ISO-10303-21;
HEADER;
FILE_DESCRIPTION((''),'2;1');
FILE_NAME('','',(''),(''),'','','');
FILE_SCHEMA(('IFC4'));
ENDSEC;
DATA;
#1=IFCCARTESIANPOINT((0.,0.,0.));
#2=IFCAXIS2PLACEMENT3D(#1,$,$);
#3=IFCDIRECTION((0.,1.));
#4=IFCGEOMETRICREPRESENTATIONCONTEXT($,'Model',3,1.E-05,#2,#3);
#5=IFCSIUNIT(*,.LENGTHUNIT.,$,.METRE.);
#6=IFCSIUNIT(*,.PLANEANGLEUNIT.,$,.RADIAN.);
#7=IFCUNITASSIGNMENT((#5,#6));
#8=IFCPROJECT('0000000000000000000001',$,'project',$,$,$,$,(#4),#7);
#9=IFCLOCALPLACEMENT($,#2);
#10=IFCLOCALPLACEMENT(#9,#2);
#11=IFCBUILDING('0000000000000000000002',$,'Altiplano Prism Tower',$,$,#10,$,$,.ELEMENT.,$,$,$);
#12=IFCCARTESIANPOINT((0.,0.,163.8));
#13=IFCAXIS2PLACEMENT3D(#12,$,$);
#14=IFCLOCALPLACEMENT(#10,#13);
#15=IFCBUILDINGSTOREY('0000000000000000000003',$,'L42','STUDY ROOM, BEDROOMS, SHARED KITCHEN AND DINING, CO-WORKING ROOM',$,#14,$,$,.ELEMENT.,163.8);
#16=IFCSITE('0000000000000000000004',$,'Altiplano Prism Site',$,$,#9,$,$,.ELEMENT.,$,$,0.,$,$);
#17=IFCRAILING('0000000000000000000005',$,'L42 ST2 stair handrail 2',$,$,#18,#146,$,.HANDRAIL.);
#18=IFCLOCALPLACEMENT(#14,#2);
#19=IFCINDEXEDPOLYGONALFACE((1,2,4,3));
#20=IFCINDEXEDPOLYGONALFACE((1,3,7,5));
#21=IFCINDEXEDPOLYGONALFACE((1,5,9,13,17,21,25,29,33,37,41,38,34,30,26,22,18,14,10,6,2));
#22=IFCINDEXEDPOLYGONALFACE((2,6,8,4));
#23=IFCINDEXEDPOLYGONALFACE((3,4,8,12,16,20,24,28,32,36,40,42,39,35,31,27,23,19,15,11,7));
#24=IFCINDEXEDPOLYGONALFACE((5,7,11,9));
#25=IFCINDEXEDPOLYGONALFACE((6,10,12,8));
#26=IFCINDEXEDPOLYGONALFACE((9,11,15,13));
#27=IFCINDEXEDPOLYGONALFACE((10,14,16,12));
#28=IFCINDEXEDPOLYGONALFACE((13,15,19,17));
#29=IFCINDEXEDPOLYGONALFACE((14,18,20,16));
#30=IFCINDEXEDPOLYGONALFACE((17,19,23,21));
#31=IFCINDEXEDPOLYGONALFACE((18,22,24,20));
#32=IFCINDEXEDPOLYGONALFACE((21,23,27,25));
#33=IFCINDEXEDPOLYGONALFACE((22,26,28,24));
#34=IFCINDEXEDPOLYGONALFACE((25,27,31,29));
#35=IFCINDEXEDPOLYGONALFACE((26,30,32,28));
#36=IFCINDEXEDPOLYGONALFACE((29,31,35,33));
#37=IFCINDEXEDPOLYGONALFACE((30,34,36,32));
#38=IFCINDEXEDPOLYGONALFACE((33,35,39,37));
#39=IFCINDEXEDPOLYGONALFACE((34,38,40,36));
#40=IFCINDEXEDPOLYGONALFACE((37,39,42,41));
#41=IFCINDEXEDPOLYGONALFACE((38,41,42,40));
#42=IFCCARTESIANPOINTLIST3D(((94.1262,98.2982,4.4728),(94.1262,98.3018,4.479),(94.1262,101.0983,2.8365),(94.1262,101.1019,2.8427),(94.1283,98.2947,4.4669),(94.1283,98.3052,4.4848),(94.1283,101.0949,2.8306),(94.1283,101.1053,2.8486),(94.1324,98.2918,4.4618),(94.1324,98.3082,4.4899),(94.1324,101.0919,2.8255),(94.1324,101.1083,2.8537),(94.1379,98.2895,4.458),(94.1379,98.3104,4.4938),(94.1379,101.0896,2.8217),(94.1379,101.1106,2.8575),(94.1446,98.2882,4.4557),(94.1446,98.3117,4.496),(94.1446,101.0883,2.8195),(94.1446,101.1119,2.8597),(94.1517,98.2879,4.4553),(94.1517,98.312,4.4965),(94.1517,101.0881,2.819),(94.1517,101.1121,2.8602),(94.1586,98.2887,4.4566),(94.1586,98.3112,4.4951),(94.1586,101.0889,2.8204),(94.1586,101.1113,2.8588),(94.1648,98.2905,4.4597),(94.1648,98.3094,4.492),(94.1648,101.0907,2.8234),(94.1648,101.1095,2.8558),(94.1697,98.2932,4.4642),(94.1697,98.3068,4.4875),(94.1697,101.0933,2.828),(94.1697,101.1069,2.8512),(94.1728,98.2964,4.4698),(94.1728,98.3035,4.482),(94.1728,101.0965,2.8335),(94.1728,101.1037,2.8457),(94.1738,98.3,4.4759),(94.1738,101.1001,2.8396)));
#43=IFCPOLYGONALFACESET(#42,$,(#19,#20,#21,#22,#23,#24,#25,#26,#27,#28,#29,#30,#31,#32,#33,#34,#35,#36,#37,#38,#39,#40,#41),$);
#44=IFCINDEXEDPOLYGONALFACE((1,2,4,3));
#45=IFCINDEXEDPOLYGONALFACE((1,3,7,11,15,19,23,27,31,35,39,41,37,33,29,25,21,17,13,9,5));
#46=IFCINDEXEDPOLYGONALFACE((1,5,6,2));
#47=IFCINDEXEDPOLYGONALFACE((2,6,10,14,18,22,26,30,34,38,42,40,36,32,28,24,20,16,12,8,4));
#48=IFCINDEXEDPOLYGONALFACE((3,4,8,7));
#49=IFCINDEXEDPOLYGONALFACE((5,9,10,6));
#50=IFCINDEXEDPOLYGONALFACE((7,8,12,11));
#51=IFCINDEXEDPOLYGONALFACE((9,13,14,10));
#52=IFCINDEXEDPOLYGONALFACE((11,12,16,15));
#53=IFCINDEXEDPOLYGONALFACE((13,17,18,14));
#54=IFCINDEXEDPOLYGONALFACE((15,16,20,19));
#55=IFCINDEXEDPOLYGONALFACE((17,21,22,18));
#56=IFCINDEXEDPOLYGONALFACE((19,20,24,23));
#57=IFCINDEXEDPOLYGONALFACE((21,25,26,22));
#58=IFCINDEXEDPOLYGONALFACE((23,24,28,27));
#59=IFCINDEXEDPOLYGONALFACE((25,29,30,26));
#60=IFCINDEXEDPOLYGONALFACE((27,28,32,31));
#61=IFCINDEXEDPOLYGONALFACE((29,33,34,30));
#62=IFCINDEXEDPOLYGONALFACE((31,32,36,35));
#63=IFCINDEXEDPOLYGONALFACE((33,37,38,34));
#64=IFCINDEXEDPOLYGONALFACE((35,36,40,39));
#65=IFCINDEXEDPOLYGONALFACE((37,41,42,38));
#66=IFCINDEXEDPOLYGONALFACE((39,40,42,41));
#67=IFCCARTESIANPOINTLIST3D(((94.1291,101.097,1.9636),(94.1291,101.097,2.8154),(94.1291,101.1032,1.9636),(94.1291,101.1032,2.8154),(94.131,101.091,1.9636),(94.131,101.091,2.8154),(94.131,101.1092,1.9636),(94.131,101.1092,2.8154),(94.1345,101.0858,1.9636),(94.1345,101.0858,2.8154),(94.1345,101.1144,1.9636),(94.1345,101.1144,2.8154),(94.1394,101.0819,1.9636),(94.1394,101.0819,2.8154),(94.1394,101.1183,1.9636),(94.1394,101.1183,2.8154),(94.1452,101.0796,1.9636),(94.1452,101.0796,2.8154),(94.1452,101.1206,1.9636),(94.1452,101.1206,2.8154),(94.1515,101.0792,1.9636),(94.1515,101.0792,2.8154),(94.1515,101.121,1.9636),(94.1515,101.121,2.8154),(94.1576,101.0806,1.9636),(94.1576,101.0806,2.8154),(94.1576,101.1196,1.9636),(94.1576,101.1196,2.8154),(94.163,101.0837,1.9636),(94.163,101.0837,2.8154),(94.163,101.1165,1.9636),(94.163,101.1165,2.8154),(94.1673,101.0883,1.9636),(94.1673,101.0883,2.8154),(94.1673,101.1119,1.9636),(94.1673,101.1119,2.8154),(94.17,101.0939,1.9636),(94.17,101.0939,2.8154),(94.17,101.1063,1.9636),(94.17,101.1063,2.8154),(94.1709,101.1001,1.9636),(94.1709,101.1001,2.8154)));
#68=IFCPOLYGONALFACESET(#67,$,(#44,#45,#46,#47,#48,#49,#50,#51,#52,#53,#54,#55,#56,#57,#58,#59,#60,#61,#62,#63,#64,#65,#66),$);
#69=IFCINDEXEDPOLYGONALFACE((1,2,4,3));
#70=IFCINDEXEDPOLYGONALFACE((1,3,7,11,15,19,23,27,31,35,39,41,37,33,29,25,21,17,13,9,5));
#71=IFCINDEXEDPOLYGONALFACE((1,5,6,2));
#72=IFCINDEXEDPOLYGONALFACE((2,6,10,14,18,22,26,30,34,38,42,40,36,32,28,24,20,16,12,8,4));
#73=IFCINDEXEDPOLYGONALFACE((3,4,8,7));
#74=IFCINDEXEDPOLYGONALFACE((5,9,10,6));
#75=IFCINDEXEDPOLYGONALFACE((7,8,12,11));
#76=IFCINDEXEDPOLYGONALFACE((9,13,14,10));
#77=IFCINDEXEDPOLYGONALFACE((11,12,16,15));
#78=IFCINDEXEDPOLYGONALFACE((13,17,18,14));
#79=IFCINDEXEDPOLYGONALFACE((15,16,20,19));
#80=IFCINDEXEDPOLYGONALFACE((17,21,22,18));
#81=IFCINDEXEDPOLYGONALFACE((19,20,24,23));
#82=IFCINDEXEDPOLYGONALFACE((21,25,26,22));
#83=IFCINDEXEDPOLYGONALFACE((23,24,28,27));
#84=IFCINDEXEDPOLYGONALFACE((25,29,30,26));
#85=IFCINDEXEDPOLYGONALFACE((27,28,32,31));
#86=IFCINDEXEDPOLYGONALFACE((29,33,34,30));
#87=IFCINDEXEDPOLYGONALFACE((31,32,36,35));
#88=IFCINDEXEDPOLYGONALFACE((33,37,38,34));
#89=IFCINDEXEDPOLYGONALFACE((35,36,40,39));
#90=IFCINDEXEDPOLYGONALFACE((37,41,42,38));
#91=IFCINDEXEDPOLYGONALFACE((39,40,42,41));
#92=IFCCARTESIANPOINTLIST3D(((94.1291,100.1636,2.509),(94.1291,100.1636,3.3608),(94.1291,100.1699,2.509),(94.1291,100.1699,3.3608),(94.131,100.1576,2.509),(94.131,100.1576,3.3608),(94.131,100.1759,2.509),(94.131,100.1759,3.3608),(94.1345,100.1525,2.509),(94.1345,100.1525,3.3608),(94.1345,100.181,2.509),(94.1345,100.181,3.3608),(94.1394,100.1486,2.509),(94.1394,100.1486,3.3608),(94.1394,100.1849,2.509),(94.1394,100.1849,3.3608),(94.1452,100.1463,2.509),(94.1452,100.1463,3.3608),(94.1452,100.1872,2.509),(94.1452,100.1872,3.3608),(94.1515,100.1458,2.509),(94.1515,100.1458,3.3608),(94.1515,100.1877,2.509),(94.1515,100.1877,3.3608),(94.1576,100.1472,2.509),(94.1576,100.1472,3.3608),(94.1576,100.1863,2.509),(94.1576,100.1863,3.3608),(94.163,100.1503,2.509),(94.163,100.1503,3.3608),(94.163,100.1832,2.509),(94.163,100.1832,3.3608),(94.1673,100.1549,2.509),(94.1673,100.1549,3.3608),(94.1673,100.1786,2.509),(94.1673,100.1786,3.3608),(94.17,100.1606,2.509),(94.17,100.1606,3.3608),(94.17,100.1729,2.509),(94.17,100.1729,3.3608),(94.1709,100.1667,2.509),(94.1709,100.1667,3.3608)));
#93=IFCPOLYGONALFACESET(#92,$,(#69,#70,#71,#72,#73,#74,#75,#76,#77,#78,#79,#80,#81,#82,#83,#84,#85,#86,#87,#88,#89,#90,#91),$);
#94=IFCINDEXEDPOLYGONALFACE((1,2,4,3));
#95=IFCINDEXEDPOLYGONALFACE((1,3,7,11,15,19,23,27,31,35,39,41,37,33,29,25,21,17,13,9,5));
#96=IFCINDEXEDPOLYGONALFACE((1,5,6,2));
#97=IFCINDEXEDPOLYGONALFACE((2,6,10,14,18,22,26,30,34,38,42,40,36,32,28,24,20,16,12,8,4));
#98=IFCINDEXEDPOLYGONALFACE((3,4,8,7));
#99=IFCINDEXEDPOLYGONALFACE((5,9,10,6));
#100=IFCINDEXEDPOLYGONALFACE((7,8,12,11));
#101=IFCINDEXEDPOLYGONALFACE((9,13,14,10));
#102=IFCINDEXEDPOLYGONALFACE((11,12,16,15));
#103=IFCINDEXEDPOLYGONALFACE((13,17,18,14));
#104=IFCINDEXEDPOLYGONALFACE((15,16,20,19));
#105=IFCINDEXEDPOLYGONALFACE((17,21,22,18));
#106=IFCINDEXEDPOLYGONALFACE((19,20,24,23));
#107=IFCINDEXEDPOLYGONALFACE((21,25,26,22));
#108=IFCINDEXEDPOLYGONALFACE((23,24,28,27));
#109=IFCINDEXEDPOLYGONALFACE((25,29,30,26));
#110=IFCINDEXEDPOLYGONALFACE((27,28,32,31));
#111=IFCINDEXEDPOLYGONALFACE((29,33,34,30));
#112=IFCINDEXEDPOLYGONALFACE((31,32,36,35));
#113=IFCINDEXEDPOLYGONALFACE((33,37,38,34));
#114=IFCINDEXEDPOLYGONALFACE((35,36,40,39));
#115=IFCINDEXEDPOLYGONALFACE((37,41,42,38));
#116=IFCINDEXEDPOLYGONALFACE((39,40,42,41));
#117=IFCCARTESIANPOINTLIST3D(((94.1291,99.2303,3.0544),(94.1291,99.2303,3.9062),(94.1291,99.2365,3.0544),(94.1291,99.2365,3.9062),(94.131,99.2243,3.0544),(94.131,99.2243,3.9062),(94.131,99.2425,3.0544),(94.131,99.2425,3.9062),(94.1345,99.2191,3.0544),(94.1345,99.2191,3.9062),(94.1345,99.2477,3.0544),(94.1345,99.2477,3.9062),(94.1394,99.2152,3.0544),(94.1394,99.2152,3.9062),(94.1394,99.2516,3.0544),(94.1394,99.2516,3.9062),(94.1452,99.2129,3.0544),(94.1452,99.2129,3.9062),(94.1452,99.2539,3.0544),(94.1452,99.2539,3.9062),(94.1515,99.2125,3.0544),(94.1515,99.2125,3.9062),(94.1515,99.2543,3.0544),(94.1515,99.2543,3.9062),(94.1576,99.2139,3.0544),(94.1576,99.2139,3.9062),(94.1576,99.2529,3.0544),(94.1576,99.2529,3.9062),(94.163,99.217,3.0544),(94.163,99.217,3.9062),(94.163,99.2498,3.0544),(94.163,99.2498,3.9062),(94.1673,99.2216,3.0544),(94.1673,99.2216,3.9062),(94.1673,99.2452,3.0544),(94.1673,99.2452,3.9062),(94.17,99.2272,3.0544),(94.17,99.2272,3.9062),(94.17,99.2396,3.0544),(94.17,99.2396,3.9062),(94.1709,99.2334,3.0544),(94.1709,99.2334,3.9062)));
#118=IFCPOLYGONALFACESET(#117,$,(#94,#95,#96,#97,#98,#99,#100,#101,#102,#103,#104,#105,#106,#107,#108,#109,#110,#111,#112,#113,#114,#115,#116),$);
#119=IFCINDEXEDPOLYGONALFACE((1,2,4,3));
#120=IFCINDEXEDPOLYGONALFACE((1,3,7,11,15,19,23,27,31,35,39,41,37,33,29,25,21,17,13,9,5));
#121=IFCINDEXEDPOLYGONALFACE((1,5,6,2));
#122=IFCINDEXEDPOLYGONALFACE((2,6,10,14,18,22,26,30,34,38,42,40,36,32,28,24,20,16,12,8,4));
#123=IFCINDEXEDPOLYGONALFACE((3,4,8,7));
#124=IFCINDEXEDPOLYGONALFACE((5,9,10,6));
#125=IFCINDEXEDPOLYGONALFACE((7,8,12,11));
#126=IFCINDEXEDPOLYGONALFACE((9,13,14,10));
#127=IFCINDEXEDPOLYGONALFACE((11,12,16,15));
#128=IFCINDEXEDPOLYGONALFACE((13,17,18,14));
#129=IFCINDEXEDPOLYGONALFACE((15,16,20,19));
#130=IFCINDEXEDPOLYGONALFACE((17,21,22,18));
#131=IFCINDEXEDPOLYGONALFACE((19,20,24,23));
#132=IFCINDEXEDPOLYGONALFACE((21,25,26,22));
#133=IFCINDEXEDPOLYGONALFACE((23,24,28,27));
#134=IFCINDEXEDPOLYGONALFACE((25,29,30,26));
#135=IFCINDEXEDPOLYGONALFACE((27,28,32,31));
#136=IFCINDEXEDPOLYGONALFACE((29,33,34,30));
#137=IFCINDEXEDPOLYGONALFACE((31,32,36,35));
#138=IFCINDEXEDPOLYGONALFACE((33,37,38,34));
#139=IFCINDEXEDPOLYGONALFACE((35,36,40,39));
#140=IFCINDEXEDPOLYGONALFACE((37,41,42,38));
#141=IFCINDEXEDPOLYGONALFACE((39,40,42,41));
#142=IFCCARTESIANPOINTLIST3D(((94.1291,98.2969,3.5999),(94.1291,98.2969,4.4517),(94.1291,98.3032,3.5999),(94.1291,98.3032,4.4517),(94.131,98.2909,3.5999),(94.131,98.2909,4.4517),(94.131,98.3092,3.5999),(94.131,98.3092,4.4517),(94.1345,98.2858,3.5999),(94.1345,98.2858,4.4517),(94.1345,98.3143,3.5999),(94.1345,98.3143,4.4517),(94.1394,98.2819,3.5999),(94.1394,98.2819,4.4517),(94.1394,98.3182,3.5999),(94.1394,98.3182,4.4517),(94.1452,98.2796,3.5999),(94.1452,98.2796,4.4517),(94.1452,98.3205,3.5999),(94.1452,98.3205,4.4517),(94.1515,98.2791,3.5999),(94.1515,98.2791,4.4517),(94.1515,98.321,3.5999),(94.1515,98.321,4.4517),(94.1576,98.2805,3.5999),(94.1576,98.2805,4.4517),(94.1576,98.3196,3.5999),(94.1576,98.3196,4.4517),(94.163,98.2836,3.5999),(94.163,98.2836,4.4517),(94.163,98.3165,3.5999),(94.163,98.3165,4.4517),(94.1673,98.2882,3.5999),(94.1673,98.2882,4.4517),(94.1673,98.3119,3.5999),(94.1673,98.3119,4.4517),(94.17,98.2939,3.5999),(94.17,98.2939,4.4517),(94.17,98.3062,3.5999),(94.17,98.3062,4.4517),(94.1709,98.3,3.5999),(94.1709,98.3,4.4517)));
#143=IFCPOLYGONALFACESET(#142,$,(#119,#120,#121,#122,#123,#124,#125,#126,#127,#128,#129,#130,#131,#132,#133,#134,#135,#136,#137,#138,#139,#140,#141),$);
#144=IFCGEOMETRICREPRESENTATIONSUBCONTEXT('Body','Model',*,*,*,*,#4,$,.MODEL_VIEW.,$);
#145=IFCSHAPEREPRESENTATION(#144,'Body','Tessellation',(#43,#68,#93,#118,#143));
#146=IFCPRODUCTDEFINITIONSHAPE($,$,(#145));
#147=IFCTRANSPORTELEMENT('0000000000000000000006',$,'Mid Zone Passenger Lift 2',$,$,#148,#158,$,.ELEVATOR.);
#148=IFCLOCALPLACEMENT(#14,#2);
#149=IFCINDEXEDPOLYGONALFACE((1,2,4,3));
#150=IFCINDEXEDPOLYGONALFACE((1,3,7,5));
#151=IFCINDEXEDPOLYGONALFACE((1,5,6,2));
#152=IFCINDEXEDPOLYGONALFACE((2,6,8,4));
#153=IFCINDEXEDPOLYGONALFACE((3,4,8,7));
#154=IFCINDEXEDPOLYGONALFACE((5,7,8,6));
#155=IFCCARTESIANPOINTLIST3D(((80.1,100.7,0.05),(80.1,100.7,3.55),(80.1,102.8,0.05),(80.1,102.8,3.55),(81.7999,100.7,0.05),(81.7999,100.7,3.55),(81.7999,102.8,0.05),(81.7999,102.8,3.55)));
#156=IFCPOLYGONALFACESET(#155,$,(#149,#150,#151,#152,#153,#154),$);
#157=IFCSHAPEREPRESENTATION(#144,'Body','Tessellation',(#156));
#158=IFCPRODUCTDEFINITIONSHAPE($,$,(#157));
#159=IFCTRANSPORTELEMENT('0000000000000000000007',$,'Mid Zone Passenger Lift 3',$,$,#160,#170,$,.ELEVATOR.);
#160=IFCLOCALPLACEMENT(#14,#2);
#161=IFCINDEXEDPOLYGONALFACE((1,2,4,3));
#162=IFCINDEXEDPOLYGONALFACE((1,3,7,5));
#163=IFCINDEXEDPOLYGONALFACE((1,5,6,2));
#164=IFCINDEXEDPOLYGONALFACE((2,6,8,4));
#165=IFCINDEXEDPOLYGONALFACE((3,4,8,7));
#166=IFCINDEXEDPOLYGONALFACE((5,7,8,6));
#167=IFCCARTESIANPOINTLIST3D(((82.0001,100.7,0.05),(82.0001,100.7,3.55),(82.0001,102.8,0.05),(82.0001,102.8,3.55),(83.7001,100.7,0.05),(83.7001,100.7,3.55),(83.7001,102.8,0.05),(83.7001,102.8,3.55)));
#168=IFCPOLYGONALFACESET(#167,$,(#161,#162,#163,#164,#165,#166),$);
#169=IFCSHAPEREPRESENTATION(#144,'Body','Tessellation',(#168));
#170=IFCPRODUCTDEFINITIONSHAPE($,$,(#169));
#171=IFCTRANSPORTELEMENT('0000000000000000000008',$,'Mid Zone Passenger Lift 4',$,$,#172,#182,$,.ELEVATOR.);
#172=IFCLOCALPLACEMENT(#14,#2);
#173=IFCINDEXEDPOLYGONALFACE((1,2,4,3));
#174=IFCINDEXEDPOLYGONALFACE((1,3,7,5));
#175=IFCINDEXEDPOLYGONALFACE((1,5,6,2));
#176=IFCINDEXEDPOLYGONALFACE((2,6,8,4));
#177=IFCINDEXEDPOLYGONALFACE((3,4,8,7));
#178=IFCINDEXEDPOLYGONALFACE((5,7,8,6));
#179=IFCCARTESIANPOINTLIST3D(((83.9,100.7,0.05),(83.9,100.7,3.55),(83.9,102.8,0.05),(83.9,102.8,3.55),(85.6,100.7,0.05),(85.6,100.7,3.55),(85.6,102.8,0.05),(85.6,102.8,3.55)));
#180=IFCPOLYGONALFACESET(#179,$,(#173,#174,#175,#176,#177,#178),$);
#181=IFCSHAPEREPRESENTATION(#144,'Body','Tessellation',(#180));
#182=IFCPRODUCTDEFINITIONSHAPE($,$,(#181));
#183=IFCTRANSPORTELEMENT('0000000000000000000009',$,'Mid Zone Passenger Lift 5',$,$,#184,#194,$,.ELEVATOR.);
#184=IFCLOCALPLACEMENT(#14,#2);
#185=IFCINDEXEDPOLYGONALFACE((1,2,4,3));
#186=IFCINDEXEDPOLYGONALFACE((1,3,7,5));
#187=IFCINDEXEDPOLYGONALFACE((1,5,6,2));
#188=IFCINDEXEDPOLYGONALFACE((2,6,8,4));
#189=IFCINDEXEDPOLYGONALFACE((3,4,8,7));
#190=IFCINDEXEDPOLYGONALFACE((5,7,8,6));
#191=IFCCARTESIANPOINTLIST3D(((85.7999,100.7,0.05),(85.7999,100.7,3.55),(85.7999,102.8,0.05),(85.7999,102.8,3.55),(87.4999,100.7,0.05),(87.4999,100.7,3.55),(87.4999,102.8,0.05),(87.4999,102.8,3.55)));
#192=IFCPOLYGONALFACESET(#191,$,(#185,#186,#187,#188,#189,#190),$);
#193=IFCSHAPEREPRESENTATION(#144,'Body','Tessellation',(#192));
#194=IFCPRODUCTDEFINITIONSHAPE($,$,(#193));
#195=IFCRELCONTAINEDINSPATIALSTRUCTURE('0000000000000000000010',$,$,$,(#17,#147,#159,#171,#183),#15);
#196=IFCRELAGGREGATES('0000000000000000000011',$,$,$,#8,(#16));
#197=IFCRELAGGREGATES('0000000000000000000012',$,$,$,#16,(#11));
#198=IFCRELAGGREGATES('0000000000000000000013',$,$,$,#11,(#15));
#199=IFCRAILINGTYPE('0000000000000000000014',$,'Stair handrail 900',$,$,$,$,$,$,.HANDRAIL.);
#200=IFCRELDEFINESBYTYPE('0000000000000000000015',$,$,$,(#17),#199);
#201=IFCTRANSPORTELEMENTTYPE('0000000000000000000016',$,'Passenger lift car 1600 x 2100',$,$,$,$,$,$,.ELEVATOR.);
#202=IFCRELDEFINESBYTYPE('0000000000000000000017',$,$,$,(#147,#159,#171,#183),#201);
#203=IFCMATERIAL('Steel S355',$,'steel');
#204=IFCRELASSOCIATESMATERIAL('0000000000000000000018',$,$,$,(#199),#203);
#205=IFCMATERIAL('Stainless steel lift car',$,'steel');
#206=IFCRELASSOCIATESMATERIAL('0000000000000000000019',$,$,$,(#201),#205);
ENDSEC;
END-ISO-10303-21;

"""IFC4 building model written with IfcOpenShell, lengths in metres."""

from ifc_helpers import new_model, si_unit, direction, frame, origin, origin_2d, place, context, subcontext, project, spatial, rectangle, circle, extrude, material, type_object, element, save


model = new_model("IFC4")

# Units and contexts
model_context = context("Model", 3, precision=1e-05, world=origin(), true_north=direction((0.0, 1.0)))
body_context = subcontext(model_context, "Body", "Model", "MODEL_VIEW")
ifc_project = project(units=[si_unit("LENGTHUNIT", "METRE"), si_unit("PLANEANGLEUNIT", "RADIAN")], contexts=[model_context])

# Site, building, storey
site_placement = place(None, origin())
site = spatial("IfcSite", under=ifc_project, at=site_placement, Name="Altiplano Prism Site", CompositionType="ELEMENT", RefElevation=0.0)
building_placement = place(site_placement, origin())
building = spatial("IfcBuilding", under=site, at=building_placement, Name="Altiplano Prism Tower", CompositionType="ELEMENT")
storey_placement = place(building_placement, frame((0.0, 0.0, 163.8)))
storey = spatial("IfcBuildingStorey", under=building, at=storey_placement, Name="L42", Description="STUDY ROOM, BEDROOMS, SHARED KITCHEN AND DINING, CO-WORKING ROOM", CompositionType="ELEMENT", Elevation=163.8)

# Shared definitions
ifc_material_1 = material(Name="Steel S355", Category="steel")

# Railing
railing_type_1 = type_object("IfcRailingType", Name="Stair handrail 900", PredefinedType="HANDRAIL", material=ifc_material_1)
railing_1_placement = place(storey_placement, frame((94.1499, 101.1001, 1.9636)))
element("IfcRailing", 1, at=railing_1_placement, inside=storey, type_object=railing_type_1, Name="L42 ST2 stair handrail 2", PredefinedType="HANDRAIL", context=body_context, shape_type="SweptSolid", body=[
    extrude(circle(Radius=0.0239, at=origin_2d()), frame((0.0, 0.0, 0.876), z_axis=(0.0, -0.863394, 0.504531), x_axis=(1.0, 0.0, 0.0)), (0.0, 0.0, 1.0), 3.2432),
    extrude(circle(Radius=0.021, at=origin_2d()), origin(), (0.0, 0.0, 1.0), 0.8518),
    extrude(circle(Radius=0.021, at=origin_2d()), frame((0.0, -0.9333, 0.5454)), (0.0, 0.0, 1.0), 0.8518),
    extrude(circle(Radius=0.021, at=origin_2d()), frame((0.0, -1.8667, 1.0908)), (0.0, 0.0, 1.0), 0.8518),
    extrude(circle(Radius=0.021, at=origin_2d()), frame((0.0, -2.8, 1.6362)), (0.0, 0.0, 1.0), 0.8518),
])

# Transport elements
ifc_material_2 = material(Name="Stainless steel lift car", Category="steel")
transport_element_type = type_object("IfcTransportElementType", Name="Passenger lift car 1600 x 2100", PredefinedType="ELEVATOR", material=ifc_material_2)
for number, where, z_axis, x_axis, name in (
    (2, (80.95, 101.75, 0.05), (0.0, 0.0, 1.0), (1.0, 0.0, 0.0), "Mid Zone Passenger Lift 2"),
    (3, (82.8501, 101.75, 0.05), (0.0, 0.0, 1.0), (1.0, 0.0, 0.0), "Mid Zone Passenger Lift 3"),
    (4, (84.75, 101.75, 0.05), (0.0, 0.0, 1.0), (1.0, 0.0, 0.0), "Mid Zone Passenger Lift 4"),
    (5, (86.6499, 101.75, 0.05), (0.0, 0.0, 1.0), (1.0, 0.0, 0.0), "Mid Zone Passenger Lift 5"),
):
    element("IfcTransportElement", number, at=place(storey_placement, frame(where, z_axis=z_axis, x_axis=x_axis)), inside=storey, type_object=transport_element_type, Name=name, PredefinedType="ELEVATOR", context=body_context, shape_type="SweptSolid", body=[
        extrude(rectangle(XDim=1.7, YDim=2.1001, at=origin_2d()), origin(), (0.0, 0.0, 1.0), 3.5),
    ])

save(model, "model.ifc")
